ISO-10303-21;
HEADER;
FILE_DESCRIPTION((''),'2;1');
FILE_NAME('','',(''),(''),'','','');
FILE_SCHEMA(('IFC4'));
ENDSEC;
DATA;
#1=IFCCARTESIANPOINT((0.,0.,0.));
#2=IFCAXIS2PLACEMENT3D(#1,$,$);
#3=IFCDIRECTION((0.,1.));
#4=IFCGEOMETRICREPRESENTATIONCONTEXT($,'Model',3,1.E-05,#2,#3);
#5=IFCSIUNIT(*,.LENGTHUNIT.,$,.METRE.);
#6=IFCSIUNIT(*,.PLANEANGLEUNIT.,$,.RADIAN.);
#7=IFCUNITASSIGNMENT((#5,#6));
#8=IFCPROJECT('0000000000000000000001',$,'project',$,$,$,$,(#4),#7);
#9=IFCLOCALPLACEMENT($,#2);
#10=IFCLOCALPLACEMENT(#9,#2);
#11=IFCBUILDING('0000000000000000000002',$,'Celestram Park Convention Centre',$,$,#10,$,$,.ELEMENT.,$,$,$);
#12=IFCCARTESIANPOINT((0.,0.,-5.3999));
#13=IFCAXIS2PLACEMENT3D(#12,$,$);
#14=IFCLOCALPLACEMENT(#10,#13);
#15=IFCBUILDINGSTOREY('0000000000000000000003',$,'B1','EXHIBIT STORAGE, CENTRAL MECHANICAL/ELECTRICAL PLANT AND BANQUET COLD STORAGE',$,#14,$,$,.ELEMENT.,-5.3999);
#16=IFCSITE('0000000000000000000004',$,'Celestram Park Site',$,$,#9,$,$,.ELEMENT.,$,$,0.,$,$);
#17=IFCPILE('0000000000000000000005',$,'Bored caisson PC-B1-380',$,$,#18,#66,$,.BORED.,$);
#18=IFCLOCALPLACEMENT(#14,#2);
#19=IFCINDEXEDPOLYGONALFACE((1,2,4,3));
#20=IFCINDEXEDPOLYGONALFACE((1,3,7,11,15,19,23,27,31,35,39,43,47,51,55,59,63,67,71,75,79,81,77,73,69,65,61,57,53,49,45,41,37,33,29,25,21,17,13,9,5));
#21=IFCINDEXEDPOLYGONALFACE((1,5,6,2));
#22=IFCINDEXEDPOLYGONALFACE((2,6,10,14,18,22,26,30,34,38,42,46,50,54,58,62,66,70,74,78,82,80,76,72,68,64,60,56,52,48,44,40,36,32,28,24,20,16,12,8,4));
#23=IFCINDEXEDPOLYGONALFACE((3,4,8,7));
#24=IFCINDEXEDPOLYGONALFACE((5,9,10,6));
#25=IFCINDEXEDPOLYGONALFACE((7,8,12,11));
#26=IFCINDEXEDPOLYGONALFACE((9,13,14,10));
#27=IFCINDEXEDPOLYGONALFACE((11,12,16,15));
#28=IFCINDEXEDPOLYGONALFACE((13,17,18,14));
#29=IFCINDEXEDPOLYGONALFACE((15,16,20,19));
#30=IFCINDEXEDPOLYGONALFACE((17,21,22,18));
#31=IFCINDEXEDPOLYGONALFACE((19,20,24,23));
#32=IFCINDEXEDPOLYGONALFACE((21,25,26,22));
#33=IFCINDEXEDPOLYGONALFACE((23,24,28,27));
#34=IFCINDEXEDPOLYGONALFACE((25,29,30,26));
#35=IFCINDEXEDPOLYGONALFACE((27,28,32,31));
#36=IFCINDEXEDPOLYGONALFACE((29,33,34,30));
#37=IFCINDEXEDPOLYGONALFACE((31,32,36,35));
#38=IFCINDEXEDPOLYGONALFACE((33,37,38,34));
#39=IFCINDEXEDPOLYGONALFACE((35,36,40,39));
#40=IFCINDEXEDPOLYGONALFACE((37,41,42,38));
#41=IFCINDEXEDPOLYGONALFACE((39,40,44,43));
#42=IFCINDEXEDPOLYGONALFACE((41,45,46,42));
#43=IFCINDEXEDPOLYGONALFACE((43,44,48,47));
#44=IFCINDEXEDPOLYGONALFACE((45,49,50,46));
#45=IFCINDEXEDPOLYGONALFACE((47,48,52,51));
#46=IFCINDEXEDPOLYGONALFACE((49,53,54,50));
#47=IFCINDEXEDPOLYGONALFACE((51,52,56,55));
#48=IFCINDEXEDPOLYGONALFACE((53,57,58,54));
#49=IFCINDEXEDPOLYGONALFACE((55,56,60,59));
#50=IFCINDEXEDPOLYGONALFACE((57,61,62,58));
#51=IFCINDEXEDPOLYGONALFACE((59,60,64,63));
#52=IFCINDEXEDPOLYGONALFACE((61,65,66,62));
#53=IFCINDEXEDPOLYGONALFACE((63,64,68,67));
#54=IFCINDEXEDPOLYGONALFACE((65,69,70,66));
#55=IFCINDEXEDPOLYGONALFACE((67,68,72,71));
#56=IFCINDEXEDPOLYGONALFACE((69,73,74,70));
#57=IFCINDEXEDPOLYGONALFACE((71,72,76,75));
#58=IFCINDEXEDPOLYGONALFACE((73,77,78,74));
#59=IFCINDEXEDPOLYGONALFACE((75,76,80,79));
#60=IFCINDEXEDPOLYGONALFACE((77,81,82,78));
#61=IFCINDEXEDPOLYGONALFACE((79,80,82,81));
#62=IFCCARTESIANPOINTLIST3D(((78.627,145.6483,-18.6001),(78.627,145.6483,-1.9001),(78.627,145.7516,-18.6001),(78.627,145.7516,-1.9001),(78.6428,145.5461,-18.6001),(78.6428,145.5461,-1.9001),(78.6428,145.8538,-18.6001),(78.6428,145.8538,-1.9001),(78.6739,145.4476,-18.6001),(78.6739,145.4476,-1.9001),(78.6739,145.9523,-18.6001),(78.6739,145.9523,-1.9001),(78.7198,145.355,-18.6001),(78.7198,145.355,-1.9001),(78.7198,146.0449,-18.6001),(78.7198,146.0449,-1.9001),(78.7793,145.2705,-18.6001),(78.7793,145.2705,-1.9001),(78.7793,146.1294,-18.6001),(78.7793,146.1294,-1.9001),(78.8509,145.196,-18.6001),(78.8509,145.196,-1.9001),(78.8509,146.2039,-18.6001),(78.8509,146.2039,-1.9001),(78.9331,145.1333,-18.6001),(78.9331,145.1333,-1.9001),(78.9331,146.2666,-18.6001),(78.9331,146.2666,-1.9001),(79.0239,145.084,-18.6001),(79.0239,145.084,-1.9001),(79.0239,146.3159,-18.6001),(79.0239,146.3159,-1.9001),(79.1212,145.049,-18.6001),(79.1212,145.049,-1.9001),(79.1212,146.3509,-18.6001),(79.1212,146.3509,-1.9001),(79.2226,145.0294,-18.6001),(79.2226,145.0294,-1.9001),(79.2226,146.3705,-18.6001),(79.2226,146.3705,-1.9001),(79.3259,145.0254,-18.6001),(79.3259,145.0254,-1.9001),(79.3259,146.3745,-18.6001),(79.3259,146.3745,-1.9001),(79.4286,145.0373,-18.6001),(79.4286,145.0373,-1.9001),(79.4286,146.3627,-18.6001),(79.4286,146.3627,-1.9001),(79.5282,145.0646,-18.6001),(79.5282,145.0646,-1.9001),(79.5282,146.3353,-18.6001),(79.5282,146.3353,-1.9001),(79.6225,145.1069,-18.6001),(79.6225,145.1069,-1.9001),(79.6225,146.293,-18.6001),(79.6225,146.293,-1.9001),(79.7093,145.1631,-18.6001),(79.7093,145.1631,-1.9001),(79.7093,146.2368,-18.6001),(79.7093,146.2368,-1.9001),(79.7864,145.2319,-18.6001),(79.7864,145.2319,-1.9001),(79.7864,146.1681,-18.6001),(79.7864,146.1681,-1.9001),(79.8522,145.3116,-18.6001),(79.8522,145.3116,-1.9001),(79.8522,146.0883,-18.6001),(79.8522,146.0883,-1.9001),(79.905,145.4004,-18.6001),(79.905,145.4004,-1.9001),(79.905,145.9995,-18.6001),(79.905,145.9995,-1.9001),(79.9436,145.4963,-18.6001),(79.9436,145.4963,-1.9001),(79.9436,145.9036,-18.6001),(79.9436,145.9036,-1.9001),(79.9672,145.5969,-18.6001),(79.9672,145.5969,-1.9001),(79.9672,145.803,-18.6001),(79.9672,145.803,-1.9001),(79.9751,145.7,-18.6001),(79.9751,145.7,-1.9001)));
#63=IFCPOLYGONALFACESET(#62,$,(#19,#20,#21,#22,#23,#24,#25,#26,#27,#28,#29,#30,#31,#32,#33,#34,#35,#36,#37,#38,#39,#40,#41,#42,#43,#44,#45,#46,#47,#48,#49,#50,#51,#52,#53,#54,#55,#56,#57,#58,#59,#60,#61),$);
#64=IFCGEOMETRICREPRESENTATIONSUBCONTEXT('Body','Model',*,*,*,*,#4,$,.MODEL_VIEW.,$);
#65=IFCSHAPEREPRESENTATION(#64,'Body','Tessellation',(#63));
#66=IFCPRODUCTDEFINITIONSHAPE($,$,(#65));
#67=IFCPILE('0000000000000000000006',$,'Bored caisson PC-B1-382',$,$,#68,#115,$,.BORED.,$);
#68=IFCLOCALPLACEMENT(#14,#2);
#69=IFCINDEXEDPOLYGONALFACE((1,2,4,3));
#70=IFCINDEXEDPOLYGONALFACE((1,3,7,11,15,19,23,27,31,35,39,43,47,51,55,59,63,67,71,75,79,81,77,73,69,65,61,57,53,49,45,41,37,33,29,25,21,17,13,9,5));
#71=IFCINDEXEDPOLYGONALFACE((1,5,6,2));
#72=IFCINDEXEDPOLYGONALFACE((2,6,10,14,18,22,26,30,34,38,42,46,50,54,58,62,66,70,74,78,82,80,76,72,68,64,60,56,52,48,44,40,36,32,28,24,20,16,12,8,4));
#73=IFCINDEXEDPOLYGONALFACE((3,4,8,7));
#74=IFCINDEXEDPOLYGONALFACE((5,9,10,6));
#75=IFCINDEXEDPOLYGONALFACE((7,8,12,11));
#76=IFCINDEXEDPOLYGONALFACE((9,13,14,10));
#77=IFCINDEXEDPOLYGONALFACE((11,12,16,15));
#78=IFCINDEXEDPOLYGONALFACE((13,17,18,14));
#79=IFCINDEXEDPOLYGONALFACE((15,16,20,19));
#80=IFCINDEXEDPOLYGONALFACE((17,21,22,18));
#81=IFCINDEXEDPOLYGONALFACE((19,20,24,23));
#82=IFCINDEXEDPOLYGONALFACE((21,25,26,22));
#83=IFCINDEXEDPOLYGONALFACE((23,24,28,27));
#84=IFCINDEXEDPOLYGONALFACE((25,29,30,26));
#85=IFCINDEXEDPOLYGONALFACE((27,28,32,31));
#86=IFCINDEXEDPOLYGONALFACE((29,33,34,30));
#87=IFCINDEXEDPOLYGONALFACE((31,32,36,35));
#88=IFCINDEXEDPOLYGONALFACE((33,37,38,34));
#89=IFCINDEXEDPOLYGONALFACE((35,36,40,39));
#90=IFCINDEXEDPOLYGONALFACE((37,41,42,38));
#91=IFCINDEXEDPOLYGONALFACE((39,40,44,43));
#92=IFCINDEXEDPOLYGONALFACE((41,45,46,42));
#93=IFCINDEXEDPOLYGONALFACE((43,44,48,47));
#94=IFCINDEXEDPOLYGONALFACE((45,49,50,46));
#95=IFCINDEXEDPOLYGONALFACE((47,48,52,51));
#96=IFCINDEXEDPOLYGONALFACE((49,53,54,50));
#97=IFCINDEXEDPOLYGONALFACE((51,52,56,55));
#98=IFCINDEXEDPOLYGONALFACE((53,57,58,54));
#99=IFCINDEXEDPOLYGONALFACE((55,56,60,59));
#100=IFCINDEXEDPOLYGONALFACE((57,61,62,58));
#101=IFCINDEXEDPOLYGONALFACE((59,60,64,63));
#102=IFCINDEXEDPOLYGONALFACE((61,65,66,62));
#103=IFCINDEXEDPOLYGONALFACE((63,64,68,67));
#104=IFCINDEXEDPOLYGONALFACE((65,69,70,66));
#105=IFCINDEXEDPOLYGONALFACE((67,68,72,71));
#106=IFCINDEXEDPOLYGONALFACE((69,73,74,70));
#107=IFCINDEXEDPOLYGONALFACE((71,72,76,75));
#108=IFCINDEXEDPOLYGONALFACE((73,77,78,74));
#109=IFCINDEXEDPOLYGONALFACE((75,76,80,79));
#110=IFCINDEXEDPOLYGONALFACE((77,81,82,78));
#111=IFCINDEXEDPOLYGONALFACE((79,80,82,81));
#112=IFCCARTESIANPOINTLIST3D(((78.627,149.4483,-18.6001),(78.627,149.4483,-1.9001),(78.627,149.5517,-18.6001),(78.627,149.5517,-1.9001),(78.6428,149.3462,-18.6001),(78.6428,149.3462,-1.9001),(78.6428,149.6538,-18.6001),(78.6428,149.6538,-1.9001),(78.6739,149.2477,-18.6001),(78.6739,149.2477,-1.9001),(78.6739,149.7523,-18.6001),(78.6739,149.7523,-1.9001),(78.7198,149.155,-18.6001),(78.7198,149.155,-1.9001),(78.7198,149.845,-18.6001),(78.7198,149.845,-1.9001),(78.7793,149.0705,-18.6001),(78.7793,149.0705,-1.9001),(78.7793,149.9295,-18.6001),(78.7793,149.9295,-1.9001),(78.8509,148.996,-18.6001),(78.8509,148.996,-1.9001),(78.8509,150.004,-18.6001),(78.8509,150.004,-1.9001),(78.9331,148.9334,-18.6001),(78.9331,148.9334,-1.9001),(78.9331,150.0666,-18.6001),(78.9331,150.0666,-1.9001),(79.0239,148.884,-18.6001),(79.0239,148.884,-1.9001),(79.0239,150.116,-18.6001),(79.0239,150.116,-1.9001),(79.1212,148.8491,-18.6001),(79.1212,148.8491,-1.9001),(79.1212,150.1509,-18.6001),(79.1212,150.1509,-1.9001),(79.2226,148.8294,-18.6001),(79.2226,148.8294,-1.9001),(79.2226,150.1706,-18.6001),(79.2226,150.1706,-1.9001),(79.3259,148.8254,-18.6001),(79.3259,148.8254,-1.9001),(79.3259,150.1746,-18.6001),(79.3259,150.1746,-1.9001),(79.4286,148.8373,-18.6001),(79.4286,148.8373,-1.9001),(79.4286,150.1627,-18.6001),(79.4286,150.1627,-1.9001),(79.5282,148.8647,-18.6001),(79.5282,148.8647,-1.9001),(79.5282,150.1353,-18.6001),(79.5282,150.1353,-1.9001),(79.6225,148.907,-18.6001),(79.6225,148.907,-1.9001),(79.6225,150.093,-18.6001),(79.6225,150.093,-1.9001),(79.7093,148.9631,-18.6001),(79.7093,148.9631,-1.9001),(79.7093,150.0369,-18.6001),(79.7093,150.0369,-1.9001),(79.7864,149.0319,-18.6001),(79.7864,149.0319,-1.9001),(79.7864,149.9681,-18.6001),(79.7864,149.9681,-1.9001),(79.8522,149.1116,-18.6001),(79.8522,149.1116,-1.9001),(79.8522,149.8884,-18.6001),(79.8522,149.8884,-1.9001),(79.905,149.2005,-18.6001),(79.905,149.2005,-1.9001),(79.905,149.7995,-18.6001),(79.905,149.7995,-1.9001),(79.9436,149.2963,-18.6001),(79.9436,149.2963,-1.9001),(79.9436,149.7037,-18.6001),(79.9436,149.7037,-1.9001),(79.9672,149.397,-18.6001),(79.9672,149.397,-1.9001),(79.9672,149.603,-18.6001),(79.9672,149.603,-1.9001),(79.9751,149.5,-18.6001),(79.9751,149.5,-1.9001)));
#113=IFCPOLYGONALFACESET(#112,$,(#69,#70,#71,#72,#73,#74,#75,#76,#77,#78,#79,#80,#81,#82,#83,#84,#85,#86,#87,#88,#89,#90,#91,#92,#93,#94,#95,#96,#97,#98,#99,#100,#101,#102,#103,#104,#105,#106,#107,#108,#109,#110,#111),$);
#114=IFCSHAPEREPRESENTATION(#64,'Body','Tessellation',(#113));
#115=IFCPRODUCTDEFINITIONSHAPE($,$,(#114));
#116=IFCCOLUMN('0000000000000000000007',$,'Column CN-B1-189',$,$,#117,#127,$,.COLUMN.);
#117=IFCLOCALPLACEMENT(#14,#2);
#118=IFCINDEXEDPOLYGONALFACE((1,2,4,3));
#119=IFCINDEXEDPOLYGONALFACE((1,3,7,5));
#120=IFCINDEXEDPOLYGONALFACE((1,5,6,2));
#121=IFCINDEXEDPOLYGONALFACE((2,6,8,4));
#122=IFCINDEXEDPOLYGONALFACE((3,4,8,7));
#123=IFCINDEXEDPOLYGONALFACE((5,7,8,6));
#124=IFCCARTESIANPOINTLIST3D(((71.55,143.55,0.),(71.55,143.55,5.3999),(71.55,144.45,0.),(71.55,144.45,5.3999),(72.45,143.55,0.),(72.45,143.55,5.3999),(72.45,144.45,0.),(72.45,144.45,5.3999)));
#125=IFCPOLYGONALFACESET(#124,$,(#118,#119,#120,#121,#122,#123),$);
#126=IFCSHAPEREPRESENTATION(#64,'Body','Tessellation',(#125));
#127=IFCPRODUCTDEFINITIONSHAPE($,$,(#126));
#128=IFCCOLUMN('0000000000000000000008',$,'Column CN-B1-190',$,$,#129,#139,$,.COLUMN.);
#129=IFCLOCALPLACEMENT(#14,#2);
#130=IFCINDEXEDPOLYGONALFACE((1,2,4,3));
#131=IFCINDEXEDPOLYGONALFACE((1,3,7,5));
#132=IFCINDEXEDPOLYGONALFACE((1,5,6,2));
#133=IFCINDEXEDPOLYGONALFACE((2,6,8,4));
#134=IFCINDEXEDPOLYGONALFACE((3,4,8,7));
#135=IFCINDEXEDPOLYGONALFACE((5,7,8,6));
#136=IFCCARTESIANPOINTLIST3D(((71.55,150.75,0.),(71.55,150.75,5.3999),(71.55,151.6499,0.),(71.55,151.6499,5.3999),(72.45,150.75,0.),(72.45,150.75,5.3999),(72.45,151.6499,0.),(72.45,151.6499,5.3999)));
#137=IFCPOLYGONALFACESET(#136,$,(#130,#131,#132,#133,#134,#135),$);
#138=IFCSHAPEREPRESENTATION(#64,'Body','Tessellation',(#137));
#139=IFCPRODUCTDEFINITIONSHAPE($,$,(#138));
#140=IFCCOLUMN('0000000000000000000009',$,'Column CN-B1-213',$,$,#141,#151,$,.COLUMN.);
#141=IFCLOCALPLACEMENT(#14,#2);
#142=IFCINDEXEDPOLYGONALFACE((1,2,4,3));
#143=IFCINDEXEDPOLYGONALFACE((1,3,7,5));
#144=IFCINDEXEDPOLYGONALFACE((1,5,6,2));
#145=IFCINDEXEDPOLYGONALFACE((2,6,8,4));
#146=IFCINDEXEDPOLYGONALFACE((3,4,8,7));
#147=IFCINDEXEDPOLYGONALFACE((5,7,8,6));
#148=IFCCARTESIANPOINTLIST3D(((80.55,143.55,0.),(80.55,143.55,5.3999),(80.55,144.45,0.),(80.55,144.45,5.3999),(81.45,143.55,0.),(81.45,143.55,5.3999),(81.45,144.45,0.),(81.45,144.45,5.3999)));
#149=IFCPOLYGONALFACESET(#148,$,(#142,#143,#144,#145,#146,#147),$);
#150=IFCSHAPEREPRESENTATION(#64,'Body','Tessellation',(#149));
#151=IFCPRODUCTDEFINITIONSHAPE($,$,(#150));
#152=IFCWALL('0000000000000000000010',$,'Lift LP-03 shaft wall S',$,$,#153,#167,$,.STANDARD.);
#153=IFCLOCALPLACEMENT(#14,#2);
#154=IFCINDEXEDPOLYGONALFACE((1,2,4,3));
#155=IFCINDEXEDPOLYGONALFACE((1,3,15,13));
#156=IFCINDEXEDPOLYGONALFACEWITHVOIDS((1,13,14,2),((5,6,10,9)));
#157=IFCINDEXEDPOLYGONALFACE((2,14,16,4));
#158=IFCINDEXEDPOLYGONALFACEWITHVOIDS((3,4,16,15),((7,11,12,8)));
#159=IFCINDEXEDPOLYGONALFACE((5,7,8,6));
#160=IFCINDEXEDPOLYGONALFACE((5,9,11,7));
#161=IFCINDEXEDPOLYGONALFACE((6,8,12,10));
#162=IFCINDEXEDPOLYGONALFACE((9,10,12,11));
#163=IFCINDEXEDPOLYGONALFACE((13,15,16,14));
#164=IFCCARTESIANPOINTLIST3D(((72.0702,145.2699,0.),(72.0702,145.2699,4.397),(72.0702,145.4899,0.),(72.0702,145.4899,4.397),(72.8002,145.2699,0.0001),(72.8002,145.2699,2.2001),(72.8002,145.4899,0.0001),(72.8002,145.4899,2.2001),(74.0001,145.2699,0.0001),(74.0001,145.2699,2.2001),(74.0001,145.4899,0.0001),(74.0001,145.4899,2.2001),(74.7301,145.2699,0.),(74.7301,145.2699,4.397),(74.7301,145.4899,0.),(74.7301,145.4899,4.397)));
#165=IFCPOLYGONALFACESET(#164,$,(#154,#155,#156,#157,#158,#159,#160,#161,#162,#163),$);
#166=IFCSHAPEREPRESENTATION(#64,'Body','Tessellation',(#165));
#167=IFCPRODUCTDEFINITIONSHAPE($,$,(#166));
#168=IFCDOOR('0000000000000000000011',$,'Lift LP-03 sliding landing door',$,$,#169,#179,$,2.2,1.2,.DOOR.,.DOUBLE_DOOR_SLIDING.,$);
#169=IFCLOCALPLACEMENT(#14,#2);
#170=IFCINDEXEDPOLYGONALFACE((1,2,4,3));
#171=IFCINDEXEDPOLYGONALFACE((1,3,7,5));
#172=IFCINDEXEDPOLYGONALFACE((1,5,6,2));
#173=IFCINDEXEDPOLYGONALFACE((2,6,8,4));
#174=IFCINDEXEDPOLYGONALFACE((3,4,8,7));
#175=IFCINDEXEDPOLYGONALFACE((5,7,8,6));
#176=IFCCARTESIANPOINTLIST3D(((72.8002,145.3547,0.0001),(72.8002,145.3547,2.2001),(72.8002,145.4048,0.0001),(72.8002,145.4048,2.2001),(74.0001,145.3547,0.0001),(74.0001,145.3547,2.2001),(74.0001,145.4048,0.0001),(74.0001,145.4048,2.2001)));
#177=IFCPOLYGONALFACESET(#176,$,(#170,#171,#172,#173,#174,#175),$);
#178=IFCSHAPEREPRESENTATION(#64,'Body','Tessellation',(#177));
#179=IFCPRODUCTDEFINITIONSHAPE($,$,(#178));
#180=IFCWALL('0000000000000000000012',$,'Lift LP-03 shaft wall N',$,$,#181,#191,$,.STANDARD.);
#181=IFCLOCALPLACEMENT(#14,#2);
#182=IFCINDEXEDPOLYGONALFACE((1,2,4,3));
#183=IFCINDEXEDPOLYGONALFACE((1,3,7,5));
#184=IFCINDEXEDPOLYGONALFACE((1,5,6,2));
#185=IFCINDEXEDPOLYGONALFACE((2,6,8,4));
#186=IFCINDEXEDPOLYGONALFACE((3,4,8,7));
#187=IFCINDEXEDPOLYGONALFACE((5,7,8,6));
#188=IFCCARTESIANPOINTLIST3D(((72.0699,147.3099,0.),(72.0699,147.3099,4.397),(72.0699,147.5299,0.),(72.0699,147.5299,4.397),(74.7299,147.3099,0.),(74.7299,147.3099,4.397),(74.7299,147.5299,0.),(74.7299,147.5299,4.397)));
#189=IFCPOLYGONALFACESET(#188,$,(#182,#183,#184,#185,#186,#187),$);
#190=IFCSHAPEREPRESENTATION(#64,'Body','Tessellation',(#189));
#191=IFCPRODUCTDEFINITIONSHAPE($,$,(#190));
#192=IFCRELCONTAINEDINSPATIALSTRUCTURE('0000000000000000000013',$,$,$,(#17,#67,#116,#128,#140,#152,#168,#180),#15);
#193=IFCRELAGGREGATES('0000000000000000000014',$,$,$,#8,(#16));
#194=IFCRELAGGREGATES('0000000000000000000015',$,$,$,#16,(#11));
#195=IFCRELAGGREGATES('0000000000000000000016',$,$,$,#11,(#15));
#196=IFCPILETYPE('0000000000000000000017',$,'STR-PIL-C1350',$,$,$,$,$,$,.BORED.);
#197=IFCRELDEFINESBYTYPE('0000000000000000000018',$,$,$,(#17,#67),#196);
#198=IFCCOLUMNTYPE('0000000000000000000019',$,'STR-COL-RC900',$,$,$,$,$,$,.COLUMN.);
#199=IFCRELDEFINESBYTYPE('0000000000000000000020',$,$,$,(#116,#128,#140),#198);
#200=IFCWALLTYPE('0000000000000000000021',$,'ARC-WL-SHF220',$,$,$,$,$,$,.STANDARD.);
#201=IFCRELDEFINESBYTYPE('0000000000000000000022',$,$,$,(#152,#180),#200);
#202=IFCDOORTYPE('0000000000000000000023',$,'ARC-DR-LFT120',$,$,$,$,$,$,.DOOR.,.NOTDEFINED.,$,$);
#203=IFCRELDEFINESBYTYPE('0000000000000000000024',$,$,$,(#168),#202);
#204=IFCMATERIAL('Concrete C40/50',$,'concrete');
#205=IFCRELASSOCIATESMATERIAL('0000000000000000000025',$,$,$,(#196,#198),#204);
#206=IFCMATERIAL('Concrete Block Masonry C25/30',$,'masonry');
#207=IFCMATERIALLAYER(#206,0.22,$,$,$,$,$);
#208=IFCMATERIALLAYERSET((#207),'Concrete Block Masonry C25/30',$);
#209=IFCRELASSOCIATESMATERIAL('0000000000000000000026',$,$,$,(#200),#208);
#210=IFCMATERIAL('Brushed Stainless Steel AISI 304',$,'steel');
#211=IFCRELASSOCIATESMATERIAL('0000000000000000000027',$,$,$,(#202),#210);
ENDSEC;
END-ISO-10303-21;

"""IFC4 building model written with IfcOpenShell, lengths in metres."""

from ifc_helpers import new_model, si_unit, direction, frame, frame_2d, origin, origin_2d, place, context, subcontext, project, spatial, rectangle, circle, extrude, material, layer, layer_set, material_profile, profile_set, type_object, element, fill, save


model = new_model("IFC4")

# Units and contexts
model_context = context("Model", 3, precision=1e-05, world=origin(), true_north=direction((0.0, 1.0)))
body_context = subcontext(model_context, "Body", "Model", "MODEL_VIEW")
ifc_project = project(units=[si_unit("LENGTHUNIT", "METRE"), si_unit("PLANEANGLEUNIT", "RADIAN")], contexts=[model_context])

# Site, building, storey
site_placement = place(None, origin())
site = spatial("IfcSite", under=ifc_project, at=site_placement, Name="Celestram Park Site", CompositionType="ELEMENT", RefElevation=0.0)
building_placement = place(site_placement, origin())
building = spatial("IfcBuilding", under=site, at=building_placement, Name="Celestram Park Convention Centre", CompositionType="ELEMENT")
storey_placement = place(building_placement, frame((0.0, 0.0, -5.3999)))
storey = spatial("IfcBuildingStorey", under=building, at=storey_placement, Name="B1", Description="EXHIBIT STORAGE, CENTRAL MECHANICAL/ELECTRICAL PLANT AND BANQUET COLD STORAGE", CompositionType="ELEMENT", Elevation=-5.3999)

# Shared definitions
ifc_material_1 = material(Name="Concrete C40/50", Category="concrete")

# Piles
ifc_material_profile_1 = material_profile(ifc_material_1, circle(Radius=0.675, at=origin_2d()), Name="CAISSON1350")
ifc_profile_set_1 = profile_set([ifc_material_profile_1], Name="Concrete C40/50")
pile_type = type_object("IfcPileType", Name="STR-PIL-C1350", PredefinedType="BORED", material=ifc_profile_set_1)
for number, where, z_axis, x_axis, name in (
    (1, (79.3, 145.7, -1.9001), (0.0, 0.0, -1.0), (1.0, 0.0, 0.0), "Bored caisson PC-B1-380"),
    (2, (79.3, 149.5, -1.9001), (0.0, 0.0, -1.0), (1.0, 0.0, 0.0), "Bored caisson PC-B1-382"),
):
    element("IfcPile", number, at=place(storey_placement, frame(where, z_axis=z_axis, x_axis=x_axis)), inside=storey, type_object=pile_type, Name=name, PredefinedType="BORED", context=body_context, shape_type="SweptSolid", body=[
        extrude(circle(Radius=0.675, at=origin_2d()), origin(), (0.0, 0.0, 1.0), 16.7),
    ])

# Columns
ifc_material_profile_2 = material_profile(ifc_material_1, rectangle(XDim=0.8999, YDim=0.8999, at=origin_2d()), Name="RC900X900")
ifc_profile_set_2 = profile_set([ifc_material_profile_2], Name="Concrete C40/50")
column_type = type_object("IfcColumnType", Name="STR-COL-RC900", PredefinedType="COLUMN", material=ifc_profile_set_2)
for number, where, z_axis, x_axis, name in (
    (3, (72.0, 144.0, 0.0), (0.0, 0.0, 1.0), (1.0, 0.0, 0.0), "Column CN-B1-189"),
    (4, (72.0, 151.2, 0.0), (0.0, 0.0, 1.0), (1.0, 0.0, 0.0), "Column CN-B1-190"),
    (5, (81.0, 144.0, 0.0), (0.0, 0.0, 1.0), (1.0, 0.0, 0.0), "Column CN-B1-213"),
):
    element("IfcColumn", number, at=place(storey_placement, frame(where, z_axis=z_axis, x_axis=x_axis)), inside=storey, type_object=column_type, Name=name, PredefinedType="COLUMN", context=body_context, shape_type="SweptSolid", body=[
        extrude(rectangle(XDim=0.8999, YDim=0.8999, at=origin_2d()), origin(), (0.0, 0.0, 1.0), 5.3999),
    ])

# Wall, opening, door
ifc_material_2 = material(Name="Concrete Block Masonry C25/30", Category="masonry")
ifc_layer = layer(ifc_material_2, 0.22)
ifc_layer_set = layer_set([ifc_layer], Name="Concrete Block Masonry C25/30")
wall_type = type_object("IfcWallType", Name="ARC-WL-SHF220", PredefinedType="STANDARD", material=ifc_layer_set)
wall_1_placement = place(storey_placement, frame((72.0701, 145.3799, 0.0), z_axis=(0.0, 0.0, 1.0), x_axis=(1.0, 0.0, 0.0)))
wall_1 = element("IfcWall", 6, at=wall_1_placement, inside=storey, type_object=wall_type, Name="Lift LP-03 shaft wall S", PredefinedType="STANDARD", context=body_context, shape_type="SweptSolid", body=[
    extrude(rectangle(XDim=2.6599, YDim=0.22, at=frame_2d((1.3301, 0.0))), origin(), (0.0, 0.0, 1.0), 4.397),
])
opening_1_placement = place(wall_1_placement, frame((0.73, 0.0, 0.0)))
opening_1 = element("IfcOpeningElement", 7, at=opening_1_placement, cuts=wall_1, PredefinedType="OPENING", context=body_context, shape_type="SweptSolid", body=[
    extrude(rectangle(XDim=1.2, YDim=2.2, at=frame_2d((0.6001, 1.1001))), frame((0.0, 0.1199, 0.0), z_axis=(0.0, -1.0, 0.0), x_axis=(1.0, 0.0, 0.0)), (0.0, 0.0, 1.0), 0.24),
])
ifc_material_3 = material(Name="Brushed Stainless Steel AISI 304", Category="steel")
door_type = type_object("IfcDoorType", Name="ARC-DR-LFT120", OperationType="NOTDEFINED", PredefinedType="DOOR", material=ifc_material_3)
door_1_placement = place(opening_1_placement, origin())
door_1 = element("IfcDoor", 8, at=door_1_placement, inside=storey, type_object=door_type, Name="Lift LP-03 sliding landing door", OperationType="DOUBLE_DOOR_SLIDING", OverallHeight=2.2, OverallWidth=1.2, PredefinedType="DOOR", context=body_context, shape_type="SweptSolid", body=[
    extrude(rectangle(XDim=1.2, YDim=2.2, at=frame_2d((0.6001, 1.1001))), frame((0.0, 0.0249, 0.0), z_axis=(0.0, -1.0, 0.0), x_axis=(1.0, 0.0, 0.0)), (0.0, 0.0, 1.0), 0.05),
])
fill(opening_1, door_1)

# Wall
wall_2_placement = place(storey_placement, frame((74.73, 147.4199, 0.0), z_axis=(0.0, 0.0, 1.0), x_axis=(-1.0, 0.0, 0.0)))
element("IfcWall", 9, at=wall_2_placement, inside=storey, type_object=wall_type, Name="Lift LP-03 shaft wall N", PredefinedType="STANDARD", context=body_context, shape_type="SweptSolid", body=[
    extrude(rectangle(XDim=2.6599, YDim=0.22, at=frame_2d((1.3301, 0.0))), origin(), (0.0, 0.0, 1.0), 4.397),
])

save(model, "model.ifc")
